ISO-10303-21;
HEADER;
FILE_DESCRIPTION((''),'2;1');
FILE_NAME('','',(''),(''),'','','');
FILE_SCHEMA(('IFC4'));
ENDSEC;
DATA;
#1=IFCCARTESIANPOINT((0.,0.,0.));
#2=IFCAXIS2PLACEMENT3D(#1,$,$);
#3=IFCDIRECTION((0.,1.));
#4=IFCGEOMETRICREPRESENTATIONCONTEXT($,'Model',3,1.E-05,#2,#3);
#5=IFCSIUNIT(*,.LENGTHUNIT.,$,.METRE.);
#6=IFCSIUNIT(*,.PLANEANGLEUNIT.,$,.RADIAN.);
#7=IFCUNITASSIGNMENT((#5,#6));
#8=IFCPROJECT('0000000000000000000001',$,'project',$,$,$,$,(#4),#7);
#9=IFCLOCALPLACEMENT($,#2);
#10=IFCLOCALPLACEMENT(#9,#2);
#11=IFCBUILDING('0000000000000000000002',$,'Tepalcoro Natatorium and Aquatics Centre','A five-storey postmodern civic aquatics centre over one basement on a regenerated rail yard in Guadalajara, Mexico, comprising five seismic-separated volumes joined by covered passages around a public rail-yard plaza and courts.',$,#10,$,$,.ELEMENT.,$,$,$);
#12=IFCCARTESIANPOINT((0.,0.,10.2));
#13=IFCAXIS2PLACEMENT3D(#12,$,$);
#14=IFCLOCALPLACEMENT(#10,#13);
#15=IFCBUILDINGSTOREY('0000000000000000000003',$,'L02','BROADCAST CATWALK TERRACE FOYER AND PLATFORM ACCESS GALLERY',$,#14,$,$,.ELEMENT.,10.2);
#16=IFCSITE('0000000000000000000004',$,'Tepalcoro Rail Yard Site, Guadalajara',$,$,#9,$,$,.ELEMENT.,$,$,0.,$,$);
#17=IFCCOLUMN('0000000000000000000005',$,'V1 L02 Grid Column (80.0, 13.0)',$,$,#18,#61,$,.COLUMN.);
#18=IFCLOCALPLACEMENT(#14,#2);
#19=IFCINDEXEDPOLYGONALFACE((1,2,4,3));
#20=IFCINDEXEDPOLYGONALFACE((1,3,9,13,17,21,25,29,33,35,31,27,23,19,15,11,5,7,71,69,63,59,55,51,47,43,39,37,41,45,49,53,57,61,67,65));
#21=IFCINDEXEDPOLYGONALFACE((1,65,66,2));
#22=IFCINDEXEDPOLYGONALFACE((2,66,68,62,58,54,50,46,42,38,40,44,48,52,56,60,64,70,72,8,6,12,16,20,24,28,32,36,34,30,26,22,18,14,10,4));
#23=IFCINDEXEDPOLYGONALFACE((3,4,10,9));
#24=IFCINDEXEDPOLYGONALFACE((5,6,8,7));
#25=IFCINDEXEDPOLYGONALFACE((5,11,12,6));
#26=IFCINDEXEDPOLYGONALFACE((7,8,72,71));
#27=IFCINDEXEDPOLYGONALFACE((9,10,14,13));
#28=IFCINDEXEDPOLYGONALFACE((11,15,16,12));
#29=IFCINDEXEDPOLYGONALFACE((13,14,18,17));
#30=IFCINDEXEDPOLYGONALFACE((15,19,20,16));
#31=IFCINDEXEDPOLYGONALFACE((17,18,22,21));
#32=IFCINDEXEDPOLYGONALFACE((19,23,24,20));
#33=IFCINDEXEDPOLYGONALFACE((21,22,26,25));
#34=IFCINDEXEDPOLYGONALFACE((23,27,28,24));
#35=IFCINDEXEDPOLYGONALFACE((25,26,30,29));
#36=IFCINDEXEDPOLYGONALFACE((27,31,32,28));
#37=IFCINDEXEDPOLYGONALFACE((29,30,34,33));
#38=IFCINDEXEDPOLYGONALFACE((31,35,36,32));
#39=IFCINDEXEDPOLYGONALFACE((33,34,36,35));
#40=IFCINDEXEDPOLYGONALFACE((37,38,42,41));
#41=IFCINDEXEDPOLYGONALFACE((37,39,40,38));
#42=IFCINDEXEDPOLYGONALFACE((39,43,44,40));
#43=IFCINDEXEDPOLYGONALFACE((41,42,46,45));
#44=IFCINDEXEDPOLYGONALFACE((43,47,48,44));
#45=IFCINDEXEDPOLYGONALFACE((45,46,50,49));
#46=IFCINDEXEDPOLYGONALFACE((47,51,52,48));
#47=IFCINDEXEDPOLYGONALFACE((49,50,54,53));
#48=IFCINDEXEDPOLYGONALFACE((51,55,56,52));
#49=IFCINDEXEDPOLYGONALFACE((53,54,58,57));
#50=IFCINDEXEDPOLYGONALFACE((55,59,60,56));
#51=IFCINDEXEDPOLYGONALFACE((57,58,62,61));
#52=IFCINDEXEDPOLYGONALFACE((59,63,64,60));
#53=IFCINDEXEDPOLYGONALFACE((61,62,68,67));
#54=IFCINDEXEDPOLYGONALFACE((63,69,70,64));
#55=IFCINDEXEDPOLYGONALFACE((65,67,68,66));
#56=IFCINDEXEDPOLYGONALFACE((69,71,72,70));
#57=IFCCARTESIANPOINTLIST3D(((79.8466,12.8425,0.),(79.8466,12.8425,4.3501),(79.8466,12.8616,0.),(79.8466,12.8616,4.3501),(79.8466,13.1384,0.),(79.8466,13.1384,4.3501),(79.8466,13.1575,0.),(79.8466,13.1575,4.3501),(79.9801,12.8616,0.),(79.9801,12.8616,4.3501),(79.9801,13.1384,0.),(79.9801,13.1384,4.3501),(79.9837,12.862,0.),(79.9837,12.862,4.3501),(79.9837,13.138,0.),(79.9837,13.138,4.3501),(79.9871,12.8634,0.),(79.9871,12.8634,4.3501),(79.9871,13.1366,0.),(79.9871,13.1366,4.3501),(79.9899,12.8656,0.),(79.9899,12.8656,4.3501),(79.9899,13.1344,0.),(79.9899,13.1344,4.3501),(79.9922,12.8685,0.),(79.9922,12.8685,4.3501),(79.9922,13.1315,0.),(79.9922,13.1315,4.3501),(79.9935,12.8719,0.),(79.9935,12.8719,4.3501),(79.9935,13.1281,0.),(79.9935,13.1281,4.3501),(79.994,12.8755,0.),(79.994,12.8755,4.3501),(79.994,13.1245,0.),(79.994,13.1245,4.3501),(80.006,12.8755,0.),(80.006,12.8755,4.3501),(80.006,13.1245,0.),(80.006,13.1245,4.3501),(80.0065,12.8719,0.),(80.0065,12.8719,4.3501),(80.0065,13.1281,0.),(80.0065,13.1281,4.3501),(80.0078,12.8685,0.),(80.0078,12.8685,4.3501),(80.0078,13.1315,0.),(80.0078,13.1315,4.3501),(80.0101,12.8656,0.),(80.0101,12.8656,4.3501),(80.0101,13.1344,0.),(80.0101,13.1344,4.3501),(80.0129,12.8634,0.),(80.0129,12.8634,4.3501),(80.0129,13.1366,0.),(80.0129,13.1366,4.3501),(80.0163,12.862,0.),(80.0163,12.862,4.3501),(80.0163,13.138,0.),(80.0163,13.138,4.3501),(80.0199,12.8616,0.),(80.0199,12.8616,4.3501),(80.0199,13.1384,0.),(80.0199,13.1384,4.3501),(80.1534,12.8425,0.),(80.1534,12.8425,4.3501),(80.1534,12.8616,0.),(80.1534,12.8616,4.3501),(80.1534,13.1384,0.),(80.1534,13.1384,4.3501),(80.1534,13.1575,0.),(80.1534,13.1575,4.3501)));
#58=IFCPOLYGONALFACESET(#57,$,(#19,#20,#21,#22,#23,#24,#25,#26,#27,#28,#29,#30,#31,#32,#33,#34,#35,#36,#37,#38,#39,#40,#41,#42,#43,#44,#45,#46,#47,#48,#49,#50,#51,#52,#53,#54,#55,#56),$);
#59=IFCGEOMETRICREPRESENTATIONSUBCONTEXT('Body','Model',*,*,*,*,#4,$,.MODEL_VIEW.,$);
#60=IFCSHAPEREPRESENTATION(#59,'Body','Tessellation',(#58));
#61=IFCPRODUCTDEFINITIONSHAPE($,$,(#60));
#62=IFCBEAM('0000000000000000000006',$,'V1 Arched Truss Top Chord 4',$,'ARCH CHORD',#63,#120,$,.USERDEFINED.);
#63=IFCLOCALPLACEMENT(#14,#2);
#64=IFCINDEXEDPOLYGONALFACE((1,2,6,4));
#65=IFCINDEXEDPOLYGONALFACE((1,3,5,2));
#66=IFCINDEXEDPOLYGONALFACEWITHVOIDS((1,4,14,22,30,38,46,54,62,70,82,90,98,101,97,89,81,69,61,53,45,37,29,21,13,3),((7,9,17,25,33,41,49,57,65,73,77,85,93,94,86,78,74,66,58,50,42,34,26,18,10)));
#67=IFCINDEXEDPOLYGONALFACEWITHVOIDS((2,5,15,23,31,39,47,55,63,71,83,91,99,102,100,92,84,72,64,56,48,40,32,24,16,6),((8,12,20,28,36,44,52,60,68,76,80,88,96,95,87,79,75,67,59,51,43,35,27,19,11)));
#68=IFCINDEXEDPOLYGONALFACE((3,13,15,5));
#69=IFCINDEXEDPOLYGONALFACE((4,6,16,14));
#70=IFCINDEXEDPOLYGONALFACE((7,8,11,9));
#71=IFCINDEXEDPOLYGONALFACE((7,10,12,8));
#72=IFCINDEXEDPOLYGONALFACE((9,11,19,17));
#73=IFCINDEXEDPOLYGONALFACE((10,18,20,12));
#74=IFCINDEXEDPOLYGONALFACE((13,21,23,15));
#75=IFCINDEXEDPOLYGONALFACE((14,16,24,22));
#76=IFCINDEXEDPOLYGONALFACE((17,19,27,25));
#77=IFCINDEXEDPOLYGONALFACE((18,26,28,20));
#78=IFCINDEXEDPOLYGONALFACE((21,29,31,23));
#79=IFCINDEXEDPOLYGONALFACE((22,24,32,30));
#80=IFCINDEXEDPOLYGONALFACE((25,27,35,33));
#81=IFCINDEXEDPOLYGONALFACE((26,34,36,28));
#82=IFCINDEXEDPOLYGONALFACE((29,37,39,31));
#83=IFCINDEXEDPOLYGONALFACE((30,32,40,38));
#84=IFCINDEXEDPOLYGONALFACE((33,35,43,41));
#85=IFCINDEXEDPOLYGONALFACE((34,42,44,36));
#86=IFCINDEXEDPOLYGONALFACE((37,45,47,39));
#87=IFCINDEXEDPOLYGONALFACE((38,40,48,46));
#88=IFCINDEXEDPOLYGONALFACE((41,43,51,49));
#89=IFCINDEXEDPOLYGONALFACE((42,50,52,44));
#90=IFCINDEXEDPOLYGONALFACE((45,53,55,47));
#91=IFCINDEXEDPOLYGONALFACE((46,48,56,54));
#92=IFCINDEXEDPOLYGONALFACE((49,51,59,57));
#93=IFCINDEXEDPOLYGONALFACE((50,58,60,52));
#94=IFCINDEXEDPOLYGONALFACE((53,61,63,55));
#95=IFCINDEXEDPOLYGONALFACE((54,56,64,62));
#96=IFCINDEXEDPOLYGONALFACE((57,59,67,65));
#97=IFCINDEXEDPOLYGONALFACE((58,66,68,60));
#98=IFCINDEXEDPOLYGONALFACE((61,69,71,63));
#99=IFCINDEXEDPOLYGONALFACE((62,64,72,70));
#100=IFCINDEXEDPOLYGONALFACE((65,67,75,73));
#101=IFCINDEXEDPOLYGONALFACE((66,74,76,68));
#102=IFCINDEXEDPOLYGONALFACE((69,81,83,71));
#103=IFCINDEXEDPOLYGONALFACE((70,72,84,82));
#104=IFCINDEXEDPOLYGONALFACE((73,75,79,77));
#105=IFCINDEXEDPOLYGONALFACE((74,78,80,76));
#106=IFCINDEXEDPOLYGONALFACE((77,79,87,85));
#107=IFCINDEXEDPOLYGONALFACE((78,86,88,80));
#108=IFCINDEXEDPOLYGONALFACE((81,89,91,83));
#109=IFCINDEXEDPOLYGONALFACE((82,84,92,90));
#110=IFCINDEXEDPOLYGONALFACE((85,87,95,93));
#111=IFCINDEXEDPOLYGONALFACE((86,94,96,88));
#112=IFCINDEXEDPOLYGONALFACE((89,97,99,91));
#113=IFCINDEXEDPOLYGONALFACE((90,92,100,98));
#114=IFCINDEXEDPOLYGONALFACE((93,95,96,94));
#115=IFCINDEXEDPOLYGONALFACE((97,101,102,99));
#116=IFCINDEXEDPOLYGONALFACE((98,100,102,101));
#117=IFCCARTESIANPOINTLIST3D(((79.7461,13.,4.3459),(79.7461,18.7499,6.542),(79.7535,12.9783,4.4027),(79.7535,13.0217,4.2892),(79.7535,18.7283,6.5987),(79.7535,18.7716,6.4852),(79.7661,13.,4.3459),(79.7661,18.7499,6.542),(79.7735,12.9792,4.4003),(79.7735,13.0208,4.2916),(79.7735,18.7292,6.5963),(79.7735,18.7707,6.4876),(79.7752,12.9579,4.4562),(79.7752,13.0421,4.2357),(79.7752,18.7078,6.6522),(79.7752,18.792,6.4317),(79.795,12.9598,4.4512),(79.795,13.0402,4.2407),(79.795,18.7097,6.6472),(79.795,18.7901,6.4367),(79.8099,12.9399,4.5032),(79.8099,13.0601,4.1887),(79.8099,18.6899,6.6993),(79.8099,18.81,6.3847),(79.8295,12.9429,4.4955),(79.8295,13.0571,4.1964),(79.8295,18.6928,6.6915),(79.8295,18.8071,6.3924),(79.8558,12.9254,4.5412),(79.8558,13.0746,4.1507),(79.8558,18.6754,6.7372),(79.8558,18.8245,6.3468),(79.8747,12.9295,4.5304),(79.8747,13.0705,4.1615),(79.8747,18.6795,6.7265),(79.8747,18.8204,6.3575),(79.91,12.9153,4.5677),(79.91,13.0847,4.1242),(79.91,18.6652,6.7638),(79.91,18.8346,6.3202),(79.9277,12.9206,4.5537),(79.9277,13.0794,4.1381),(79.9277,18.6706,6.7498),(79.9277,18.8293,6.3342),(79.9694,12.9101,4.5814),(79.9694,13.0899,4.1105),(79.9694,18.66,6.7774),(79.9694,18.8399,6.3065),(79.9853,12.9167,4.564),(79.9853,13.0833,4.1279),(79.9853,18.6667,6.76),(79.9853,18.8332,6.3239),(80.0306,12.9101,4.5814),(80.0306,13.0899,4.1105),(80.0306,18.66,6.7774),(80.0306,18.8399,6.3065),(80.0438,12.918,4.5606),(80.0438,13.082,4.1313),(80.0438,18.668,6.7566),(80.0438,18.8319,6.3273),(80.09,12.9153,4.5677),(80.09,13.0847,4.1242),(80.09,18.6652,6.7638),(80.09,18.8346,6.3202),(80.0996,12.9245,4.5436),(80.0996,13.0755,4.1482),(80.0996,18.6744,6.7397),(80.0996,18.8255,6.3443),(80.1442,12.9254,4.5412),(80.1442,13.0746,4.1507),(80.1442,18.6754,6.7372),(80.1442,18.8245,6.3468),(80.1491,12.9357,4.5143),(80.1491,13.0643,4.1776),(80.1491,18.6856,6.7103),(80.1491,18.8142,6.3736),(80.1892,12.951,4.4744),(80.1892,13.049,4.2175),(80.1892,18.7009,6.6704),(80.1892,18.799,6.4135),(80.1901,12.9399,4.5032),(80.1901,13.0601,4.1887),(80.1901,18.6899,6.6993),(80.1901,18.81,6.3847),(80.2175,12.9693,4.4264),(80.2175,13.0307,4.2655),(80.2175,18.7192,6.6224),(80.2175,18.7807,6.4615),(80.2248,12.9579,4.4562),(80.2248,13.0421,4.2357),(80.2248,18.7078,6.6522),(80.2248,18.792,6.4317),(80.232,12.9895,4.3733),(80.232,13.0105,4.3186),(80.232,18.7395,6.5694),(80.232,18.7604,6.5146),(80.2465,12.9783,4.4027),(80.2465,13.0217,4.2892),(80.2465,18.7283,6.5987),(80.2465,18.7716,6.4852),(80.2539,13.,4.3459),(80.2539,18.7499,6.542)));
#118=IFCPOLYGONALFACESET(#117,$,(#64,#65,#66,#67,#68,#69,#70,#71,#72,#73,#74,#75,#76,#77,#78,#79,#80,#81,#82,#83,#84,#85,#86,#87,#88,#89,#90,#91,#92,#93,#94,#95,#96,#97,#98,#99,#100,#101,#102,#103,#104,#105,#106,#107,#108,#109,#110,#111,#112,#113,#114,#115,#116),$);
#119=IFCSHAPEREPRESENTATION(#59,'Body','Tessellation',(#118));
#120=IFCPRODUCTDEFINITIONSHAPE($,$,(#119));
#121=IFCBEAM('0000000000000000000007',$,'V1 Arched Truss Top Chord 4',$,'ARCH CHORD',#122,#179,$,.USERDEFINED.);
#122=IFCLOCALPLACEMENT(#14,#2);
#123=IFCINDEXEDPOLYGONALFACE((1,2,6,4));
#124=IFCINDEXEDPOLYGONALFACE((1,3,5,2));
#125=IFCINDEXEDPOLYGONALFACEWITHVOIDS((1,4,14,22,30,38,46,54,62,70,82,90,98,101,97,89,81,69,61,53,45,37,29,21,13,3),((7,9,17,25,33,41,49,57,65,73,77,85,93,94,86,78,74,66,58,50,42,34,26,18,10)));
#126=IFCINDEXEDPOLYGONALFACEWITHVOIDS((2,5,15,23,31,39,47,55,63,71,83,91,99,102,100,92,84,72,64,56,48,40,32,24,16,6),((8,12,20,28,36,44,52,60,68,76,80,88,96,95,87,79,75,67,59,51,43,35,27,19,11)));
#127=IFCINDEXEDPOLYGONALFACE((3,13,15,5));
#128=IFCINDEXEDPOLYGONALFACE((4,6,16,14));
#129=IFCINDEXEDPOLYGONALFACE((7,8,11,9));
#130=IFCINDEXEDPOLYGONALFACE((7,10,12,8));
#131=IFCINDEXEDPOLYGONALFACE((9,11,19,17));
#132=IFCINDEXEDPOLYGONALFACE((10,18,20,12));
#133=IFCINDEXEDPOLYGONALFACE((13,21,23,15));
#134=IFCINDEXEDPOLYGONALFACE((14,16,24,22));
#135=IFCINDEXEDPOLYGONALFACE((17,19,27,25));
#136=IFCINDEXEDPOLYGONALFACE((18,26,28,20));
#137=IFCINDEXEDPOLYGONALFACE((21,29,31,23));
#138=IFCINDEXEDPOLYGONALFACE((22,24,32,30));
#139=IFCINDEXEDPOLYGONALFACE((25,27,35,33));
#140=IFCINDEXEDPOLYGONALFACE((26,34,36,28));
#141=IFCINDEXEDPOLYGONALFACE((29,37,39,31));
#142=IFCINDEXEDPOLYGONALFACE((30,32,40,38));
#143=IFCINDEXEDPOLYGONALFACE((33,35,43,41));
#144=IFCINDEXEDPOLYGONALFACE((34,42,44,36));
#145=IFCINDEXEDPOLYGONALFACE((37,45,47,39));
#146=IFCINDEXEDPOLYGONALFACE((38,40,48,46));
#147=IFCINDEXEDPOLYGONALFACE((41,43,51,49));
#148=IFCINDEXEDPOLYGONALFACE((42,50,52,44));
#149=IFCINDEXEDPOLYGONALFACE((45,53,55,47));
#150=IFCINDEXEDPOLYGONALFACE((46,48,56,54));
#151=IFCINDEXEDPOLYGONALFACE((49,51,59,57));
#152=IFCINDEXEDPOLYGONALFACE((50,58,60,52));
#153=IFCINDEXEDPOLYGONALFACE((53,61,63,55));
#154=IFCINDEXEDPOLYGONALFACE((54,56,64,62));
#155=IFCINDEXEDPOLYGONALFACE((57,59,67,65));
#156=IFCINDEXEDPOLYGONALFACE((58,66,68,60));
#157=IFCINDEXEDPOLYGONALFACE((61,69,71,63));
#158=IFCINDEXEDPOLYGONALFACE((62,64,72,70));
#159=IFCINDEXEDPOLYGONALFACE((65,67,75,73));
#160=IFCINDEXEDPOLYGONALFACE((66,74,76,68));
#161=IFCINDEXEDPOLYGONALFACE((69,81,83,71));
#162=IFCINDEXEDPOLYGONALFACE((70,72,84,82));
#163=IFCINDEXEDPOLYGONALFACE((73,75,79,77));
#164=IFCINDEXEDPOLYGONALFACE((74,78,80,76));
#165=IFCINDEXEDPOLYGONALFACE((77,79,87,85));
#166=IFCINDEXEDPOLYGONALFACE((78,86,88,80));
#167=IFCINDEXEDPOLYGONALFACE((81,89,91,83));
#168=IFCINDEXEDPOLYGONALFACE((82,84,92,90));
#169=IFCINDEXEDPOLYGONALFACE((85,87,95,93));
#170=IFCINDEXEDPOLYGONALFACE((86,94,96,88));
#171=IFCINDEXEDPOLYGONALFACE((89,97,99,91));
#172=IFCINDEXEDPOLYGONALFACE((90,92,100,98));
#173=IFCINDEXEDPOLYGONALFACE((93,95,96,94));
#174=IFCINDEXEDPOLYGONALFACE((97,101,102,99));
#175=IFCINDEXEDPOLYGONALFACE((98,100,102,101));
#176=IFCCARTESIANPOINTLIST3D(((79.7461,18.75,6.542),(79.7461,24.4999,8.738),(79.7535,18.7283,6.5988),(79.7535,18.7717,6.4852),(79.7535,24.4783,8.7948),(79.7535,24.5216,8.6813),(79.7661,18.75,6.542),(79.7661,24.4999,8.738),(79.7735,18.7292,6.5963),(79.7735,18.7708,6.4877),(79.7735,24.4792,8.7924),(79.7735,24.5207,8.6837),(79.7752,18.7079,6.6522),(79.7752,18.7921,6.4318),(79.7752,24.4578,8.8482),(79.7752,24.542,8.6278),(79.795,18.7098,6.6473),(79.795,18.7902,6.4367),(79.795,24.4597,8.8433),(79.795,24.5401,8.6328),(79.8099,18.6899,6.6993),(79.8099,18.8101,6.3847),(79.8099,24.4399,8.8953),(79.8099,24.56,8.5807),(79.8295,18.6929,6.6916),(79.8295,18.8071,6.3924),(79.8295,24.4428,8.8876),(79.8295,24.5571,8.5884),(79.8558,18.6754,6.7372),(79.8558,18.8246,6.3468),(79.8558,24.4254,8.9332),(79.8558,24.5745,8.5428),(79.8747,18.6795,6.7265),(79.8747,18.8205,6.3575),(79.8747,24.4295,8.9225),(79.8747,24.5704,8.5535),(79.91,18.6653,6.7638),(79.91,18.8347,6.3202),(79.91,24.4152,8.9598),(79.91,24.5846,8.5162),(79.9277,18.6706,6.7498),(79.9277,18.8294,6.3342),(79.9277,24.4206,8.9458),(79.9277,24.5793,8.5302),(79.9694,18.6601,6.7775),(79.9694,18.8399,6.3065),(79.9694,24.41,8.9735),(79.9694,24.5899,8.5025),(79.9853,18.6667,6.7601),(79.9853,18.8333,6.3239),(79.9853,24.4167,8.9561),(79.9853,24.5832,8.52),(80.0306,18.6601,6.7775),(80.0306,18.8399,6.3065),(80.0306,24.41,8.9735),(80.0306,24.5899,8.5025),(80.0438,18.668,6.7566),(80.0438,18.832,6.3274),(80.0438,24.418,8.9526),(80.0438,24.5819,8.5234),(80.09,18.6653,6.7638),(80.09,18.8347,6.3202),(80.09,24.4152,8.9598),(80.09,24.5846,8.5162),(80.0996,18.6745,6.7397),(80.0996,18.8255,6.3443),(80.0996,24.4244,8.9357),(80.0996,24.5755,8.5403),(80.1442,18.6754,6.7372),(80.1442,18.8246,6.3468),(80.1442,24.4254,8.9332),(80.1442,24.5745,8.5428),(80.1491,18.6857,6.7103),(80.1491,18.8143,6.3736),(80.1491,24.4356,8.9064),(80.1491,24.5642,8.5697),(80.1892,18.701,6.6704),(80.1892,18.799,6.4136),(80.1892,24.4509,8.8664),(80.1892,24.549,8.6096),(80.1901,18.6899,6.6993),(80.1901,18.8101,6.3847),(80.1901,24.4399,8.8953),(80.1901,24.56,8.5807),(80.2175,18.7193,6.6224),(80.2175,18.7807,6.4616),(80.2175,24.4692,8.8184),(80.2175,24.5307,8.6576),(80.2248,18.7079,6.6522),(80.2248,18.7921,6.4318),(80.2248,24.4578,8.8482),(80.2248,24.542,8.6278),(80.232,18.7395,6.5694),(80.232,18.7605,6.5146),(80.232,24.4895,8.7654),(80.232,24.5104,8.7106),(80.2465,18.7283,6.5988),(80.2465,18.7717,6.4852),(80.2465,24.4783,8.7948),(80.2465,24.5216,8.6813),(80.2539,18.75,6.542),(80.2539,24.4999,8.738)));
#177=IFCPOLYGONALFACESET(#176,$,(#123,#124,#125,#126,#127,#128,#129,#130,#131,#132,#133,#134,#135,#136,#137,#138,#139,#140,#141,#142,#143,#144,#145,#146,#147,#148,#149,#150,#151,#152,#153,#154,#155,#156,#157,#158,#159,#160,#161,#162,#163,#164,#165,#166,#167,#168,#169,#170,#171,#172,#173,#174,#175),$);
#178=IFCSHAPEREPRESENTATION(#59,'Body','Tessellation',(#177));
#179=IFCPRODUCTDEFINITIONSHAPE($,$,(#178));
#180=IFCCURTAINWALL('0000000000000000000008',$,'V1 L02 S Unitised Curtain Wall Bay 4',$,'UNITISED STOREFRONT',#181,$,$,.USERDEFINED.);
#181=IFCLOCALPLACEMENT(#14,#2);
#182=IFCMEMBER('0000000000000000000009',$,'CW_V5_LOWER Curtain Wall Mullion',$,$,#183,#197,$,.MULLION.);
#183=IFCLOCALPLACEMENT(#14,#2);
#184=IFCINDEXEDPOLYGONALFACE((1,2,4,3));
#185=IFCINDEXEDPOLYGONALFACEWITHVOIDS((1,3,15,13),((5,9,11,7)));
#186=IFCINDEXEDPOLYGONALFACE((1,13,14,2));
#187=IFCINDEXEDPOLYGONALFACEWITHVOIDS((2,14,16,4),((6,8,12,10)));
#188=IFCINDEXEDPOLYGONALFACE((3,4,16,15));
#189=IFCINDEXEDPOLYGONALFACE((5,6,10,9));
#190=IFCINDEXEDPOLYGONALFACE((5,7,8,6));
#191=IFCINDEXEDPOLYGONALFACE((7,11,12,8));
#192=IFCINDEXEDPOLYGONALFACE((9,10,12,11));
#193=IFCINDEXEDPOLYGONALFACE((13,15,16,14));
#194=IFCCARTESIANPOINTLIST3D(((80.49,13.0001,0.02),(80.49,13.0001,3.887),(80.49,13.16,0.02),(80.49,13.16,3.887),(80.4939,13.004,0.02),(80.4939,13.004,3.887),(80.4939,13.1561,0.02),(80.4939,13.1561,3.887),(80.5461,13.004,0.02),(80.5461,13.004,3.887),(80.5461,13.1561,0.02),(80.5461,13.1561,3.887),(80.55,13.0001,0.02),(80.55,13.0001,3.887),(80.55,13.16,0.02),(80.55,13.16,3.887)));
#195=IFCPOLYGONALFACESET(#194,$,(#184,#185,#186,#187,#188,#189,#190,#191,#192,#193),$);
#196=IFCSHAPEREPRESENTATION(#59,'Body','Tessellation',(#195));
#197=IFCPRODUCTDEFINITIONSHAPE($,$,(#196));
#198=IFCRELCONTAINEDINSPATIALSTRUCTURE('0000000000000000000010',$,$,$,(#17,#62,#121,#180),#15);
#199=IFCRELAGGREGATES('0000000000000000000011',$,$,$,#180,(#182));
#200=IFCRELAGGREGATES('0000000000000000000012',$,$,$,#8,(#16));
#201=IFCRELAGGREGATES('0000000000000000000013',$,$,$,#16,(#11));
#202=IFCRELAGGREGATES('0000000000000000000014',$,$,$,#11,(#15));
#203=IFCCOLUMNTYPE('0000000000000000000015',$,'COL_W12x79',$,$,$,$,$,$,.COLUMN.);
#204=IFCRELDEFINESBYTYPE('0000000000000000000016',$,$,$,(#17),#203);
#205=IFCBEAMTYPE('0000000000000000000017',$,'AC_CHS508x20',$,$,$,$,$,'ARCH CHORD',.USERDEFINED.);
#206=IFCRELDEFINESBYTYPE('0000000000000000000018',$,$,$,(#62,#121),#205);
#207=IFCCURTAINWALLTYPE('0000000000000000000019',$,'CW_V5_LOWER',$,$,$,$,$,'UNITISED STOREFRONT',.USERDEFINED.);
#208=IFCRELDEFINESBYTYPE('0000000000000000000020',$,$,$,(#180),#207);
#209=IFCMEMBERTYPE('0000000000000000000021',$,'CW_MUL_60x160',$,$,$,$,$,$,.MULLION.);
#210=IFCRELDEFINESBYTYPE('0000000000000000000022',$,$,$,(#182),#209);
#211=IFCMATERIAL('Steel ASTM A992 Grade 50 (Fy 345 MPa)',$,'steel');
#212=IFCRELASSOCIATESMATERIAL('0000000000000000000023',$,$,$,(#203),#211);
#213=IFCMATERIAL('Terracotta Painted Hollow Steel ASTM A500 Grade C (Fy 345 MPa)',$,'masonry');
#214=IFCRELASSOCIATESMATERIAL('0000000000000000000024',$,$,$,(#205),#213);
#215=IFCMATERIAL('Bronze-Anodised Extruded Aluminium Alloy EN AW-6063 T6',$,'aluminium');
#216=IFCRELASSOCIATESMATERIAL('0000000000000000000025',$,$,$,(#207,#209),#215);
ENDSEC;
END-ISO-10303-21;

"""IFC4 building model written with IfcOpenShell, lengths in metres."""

from ifc_helpers import new_model, si_unit, direction, frame, origin, origin_2d, place, context, subcontext, project, spatial, hollow_rectangle, hollow_circle, i_section, extrude, material, material_profile, profile_set, type_object, element, aggregate, save


model = new_model("IFC4")

# Units and contexts
model_context = context("Model", 3, precision=1e-05, world=origin(), true_north=direction((0.0, 1.0)))
body_context = subcontext(model_context, "Body", "Model", "MODEL_VIEW")
ifc_project = project(units=[si_unit("LENGTHUNIT", "METRE"), si_unit("PLANEANGLEUNIT", "RADIAN")], contexts=[model_context])

# Site, building, storey
site_placement = place(None, origin())
site = spatial("IfcSite", under=ifc_project, at=site_placement, Name="Tepalcoro Rail Yard Site, Guadalajara", CompositionType="ELEMENT", RefElevation=0.0)
building_placement = place(site_placement, origin())
building = spatial("IfcBuilding", under=site, at=building_placement, Name="Tepalcoro Natatorium and Aquatics Centre", Description="A five-storey postmodern civic aquatics centre over one basement on a regenerated rail yard in Guadalajara, Mexico, comprising five seismic-separated volumes joined by covered passages around a public rail-yard plaza and courts.", CompositionType="ELEMENT")
storey_placement = place(building_placement, frame((0.0, 0.0, 10.2)))
storey = spatial("IfcBuildingStorey", under=building, at=storey_placement, Name="L02", Description="BROADCAST CATWALK TERRACE FOYER AND PLATFORM ACCESS GALLERY", CompositionType="ELEMENT", Elevation=10.2)

# Column
ifc_material_1 = material(Name="Steel ASTM A992 Grade 50 (Fy 345 MPa)", Category="steel")
ifc_material_profile_1 = material_profile(ifc_material_1, i_section(OverallWidth=0.3069, OverallDepth=0.3149, WebThickness=0.012, FlangeThickness=0.019, FilletRadius=0.0139, at=origin_2d()), Name="W12X79")
ifc_profile_set_1 = profile_set([ifc_material_profile_1], Name="Steel ASTM A992 Grade 50 (Fy 345 MPa)")
column_type = type_object("IfcColumnType", Name="COL_W12x79", PredefinedType="COLUMN", material=ifc_profile_set_1)
column_placement = place(storey_placement, frame((80.0, 13.0, 0.0), z_axis=(0.0, 0.0, 1.0), x_axis=(1.0, 0.0, 0.0)))
element("IfcColumn", 1, at=column_placement, inside=storey, type_object=column_type, Name="V1 L02 Grid Column (80.0, 13.0)", PredefinedType="COLUMN", context=body_context, shape_type="SweptSolid", body=[
    extrude(i_section(OverallWidth=0.3069, OverallDepth=0.3149, WebThickness=0.012, FlangeThickness=0.019, FilletRadius=0.0139, at=origin_2d()), origin(), (0.0, 0.0, 1.0), 4.3501),
])

# Beams
ifc_material_2 = material(Name="Terracotta Painted Hollow Steel ASTM A500 Grade C (Fy 345 MPa)", Category="masonry")
ifc_material_profile_2 = material_profile(ifc_material_2, hollow_circle(Radius=0.2539, WallThickness=0.02, at=origin_2d()), Name="CHS508X20")
ifc_profile_set_2 = profile_set([ifc_material_profile_2], Name="Terracotta Painted Hollow Steel ASTM A500 Grade C (Fy 345 MPa)")
beam_type_1 = type_object("IfcBeamType", Name="AC_CHS508x20", ElementType="ARCH CHORD", PredefinedType="USERDEFINED", material=ifc_profile_set_2)
for number, where, z_axis, x_axis, name in (
    (2, (80.0, 13.0, 4.3459), (0.0, 0.934186, 0.356785), (-1.0, 0.0, 0.0), "V1 Arched Truss Top Chord 4"),
    (3, (80.0, 18.75, 6.542), (0.0, 0.934186, 0.356785), (-1.0, 0.0, 0.0), "V1 Arched Truss Top Chord 4"),
):
    element("IfcBeam", number, at=place(storey_placement, frame(where, z_axis=z_axis, x_axis=x_axis)), inside=storey, type_object=beam_type_1, Name=name, ObjectType="ARCH CHORD", PredefinedType="USERDEFINED", context=body_context, shape_type="SweptSolid", body=[
        extrude(hollow_circle(Radius=0.2539, WallThickness=0.02, at=origin_2d()), origin(), (0.0, 0.0, 1.0), 6.155),
    ])

# Curtain wall, member
ifc_material_3 = material(Name="Bronze-Anodised Extruded Aluminium Alloy EN AW-6063 T6", Category="aluminium")
curtain_wall_type_1 = type_object("IfcCurtainWallType", Name="CW_V5_LOWER", ElementType="UNITISED STOREFRONT", PredefinedType="USERDEFINED", material=ifc_material_3)
curtain_wall_1_placement = place(storey_placement, origin())
curtain_wall_1 = element("IfcCurtainWall", 4, at=curtain_wall_1_placement, inside=storey, type_object=curtain_wall_type_1, Name="V1 L02 S Unitised Curtain Wall Bay 4", ObjectType="UNITISED STOREFRONT", PredefinedType="USERDEFINED")
ifc_material_profile_3 = material_profile(ifc_material_3, hollow_rectangle(XDim=0.0601, YDim=0.1599, WallThickness=0.0039, at=origin_2d()), Name="AL60X160X4")
ifc_profile_set_3 = profile_set([ifc_material_profile_3], Name="Bronze-Anodised Extruded Aluminium Alloy EN AW-6063 T6")
member_type_1 = type_object("IfcMemberType", Name="CW_MUL_60x160", PredefinedType="MULLION", material=ifc_profile_set_3)
member_1_placement = place(storey_placement, frame((80.52, 13.0801, 0.02), z_axis=(0.0, 0.0, 1.0), x_axis=(1.0, 0.0, 0.0)))
member_1 = element("IfcMember", 5, at=member_1_placement, type_object=member_type_1, Name="CW_V5_LOWER Curtain Wall Mullion", PredefinedType="MULLION", context=body_context, shape_type="SweptSolid", body=[
    extrude(hollow_rectangle(XDim=0.0601, YDim=0.1599, WallThickness=0.0039, at=origin_2d()), origin(), (0.0, 0.0, 1.0), 3.8669),
])

aggregate(curtain_wall_1, [member_1])

save(model, "model.ifc")
